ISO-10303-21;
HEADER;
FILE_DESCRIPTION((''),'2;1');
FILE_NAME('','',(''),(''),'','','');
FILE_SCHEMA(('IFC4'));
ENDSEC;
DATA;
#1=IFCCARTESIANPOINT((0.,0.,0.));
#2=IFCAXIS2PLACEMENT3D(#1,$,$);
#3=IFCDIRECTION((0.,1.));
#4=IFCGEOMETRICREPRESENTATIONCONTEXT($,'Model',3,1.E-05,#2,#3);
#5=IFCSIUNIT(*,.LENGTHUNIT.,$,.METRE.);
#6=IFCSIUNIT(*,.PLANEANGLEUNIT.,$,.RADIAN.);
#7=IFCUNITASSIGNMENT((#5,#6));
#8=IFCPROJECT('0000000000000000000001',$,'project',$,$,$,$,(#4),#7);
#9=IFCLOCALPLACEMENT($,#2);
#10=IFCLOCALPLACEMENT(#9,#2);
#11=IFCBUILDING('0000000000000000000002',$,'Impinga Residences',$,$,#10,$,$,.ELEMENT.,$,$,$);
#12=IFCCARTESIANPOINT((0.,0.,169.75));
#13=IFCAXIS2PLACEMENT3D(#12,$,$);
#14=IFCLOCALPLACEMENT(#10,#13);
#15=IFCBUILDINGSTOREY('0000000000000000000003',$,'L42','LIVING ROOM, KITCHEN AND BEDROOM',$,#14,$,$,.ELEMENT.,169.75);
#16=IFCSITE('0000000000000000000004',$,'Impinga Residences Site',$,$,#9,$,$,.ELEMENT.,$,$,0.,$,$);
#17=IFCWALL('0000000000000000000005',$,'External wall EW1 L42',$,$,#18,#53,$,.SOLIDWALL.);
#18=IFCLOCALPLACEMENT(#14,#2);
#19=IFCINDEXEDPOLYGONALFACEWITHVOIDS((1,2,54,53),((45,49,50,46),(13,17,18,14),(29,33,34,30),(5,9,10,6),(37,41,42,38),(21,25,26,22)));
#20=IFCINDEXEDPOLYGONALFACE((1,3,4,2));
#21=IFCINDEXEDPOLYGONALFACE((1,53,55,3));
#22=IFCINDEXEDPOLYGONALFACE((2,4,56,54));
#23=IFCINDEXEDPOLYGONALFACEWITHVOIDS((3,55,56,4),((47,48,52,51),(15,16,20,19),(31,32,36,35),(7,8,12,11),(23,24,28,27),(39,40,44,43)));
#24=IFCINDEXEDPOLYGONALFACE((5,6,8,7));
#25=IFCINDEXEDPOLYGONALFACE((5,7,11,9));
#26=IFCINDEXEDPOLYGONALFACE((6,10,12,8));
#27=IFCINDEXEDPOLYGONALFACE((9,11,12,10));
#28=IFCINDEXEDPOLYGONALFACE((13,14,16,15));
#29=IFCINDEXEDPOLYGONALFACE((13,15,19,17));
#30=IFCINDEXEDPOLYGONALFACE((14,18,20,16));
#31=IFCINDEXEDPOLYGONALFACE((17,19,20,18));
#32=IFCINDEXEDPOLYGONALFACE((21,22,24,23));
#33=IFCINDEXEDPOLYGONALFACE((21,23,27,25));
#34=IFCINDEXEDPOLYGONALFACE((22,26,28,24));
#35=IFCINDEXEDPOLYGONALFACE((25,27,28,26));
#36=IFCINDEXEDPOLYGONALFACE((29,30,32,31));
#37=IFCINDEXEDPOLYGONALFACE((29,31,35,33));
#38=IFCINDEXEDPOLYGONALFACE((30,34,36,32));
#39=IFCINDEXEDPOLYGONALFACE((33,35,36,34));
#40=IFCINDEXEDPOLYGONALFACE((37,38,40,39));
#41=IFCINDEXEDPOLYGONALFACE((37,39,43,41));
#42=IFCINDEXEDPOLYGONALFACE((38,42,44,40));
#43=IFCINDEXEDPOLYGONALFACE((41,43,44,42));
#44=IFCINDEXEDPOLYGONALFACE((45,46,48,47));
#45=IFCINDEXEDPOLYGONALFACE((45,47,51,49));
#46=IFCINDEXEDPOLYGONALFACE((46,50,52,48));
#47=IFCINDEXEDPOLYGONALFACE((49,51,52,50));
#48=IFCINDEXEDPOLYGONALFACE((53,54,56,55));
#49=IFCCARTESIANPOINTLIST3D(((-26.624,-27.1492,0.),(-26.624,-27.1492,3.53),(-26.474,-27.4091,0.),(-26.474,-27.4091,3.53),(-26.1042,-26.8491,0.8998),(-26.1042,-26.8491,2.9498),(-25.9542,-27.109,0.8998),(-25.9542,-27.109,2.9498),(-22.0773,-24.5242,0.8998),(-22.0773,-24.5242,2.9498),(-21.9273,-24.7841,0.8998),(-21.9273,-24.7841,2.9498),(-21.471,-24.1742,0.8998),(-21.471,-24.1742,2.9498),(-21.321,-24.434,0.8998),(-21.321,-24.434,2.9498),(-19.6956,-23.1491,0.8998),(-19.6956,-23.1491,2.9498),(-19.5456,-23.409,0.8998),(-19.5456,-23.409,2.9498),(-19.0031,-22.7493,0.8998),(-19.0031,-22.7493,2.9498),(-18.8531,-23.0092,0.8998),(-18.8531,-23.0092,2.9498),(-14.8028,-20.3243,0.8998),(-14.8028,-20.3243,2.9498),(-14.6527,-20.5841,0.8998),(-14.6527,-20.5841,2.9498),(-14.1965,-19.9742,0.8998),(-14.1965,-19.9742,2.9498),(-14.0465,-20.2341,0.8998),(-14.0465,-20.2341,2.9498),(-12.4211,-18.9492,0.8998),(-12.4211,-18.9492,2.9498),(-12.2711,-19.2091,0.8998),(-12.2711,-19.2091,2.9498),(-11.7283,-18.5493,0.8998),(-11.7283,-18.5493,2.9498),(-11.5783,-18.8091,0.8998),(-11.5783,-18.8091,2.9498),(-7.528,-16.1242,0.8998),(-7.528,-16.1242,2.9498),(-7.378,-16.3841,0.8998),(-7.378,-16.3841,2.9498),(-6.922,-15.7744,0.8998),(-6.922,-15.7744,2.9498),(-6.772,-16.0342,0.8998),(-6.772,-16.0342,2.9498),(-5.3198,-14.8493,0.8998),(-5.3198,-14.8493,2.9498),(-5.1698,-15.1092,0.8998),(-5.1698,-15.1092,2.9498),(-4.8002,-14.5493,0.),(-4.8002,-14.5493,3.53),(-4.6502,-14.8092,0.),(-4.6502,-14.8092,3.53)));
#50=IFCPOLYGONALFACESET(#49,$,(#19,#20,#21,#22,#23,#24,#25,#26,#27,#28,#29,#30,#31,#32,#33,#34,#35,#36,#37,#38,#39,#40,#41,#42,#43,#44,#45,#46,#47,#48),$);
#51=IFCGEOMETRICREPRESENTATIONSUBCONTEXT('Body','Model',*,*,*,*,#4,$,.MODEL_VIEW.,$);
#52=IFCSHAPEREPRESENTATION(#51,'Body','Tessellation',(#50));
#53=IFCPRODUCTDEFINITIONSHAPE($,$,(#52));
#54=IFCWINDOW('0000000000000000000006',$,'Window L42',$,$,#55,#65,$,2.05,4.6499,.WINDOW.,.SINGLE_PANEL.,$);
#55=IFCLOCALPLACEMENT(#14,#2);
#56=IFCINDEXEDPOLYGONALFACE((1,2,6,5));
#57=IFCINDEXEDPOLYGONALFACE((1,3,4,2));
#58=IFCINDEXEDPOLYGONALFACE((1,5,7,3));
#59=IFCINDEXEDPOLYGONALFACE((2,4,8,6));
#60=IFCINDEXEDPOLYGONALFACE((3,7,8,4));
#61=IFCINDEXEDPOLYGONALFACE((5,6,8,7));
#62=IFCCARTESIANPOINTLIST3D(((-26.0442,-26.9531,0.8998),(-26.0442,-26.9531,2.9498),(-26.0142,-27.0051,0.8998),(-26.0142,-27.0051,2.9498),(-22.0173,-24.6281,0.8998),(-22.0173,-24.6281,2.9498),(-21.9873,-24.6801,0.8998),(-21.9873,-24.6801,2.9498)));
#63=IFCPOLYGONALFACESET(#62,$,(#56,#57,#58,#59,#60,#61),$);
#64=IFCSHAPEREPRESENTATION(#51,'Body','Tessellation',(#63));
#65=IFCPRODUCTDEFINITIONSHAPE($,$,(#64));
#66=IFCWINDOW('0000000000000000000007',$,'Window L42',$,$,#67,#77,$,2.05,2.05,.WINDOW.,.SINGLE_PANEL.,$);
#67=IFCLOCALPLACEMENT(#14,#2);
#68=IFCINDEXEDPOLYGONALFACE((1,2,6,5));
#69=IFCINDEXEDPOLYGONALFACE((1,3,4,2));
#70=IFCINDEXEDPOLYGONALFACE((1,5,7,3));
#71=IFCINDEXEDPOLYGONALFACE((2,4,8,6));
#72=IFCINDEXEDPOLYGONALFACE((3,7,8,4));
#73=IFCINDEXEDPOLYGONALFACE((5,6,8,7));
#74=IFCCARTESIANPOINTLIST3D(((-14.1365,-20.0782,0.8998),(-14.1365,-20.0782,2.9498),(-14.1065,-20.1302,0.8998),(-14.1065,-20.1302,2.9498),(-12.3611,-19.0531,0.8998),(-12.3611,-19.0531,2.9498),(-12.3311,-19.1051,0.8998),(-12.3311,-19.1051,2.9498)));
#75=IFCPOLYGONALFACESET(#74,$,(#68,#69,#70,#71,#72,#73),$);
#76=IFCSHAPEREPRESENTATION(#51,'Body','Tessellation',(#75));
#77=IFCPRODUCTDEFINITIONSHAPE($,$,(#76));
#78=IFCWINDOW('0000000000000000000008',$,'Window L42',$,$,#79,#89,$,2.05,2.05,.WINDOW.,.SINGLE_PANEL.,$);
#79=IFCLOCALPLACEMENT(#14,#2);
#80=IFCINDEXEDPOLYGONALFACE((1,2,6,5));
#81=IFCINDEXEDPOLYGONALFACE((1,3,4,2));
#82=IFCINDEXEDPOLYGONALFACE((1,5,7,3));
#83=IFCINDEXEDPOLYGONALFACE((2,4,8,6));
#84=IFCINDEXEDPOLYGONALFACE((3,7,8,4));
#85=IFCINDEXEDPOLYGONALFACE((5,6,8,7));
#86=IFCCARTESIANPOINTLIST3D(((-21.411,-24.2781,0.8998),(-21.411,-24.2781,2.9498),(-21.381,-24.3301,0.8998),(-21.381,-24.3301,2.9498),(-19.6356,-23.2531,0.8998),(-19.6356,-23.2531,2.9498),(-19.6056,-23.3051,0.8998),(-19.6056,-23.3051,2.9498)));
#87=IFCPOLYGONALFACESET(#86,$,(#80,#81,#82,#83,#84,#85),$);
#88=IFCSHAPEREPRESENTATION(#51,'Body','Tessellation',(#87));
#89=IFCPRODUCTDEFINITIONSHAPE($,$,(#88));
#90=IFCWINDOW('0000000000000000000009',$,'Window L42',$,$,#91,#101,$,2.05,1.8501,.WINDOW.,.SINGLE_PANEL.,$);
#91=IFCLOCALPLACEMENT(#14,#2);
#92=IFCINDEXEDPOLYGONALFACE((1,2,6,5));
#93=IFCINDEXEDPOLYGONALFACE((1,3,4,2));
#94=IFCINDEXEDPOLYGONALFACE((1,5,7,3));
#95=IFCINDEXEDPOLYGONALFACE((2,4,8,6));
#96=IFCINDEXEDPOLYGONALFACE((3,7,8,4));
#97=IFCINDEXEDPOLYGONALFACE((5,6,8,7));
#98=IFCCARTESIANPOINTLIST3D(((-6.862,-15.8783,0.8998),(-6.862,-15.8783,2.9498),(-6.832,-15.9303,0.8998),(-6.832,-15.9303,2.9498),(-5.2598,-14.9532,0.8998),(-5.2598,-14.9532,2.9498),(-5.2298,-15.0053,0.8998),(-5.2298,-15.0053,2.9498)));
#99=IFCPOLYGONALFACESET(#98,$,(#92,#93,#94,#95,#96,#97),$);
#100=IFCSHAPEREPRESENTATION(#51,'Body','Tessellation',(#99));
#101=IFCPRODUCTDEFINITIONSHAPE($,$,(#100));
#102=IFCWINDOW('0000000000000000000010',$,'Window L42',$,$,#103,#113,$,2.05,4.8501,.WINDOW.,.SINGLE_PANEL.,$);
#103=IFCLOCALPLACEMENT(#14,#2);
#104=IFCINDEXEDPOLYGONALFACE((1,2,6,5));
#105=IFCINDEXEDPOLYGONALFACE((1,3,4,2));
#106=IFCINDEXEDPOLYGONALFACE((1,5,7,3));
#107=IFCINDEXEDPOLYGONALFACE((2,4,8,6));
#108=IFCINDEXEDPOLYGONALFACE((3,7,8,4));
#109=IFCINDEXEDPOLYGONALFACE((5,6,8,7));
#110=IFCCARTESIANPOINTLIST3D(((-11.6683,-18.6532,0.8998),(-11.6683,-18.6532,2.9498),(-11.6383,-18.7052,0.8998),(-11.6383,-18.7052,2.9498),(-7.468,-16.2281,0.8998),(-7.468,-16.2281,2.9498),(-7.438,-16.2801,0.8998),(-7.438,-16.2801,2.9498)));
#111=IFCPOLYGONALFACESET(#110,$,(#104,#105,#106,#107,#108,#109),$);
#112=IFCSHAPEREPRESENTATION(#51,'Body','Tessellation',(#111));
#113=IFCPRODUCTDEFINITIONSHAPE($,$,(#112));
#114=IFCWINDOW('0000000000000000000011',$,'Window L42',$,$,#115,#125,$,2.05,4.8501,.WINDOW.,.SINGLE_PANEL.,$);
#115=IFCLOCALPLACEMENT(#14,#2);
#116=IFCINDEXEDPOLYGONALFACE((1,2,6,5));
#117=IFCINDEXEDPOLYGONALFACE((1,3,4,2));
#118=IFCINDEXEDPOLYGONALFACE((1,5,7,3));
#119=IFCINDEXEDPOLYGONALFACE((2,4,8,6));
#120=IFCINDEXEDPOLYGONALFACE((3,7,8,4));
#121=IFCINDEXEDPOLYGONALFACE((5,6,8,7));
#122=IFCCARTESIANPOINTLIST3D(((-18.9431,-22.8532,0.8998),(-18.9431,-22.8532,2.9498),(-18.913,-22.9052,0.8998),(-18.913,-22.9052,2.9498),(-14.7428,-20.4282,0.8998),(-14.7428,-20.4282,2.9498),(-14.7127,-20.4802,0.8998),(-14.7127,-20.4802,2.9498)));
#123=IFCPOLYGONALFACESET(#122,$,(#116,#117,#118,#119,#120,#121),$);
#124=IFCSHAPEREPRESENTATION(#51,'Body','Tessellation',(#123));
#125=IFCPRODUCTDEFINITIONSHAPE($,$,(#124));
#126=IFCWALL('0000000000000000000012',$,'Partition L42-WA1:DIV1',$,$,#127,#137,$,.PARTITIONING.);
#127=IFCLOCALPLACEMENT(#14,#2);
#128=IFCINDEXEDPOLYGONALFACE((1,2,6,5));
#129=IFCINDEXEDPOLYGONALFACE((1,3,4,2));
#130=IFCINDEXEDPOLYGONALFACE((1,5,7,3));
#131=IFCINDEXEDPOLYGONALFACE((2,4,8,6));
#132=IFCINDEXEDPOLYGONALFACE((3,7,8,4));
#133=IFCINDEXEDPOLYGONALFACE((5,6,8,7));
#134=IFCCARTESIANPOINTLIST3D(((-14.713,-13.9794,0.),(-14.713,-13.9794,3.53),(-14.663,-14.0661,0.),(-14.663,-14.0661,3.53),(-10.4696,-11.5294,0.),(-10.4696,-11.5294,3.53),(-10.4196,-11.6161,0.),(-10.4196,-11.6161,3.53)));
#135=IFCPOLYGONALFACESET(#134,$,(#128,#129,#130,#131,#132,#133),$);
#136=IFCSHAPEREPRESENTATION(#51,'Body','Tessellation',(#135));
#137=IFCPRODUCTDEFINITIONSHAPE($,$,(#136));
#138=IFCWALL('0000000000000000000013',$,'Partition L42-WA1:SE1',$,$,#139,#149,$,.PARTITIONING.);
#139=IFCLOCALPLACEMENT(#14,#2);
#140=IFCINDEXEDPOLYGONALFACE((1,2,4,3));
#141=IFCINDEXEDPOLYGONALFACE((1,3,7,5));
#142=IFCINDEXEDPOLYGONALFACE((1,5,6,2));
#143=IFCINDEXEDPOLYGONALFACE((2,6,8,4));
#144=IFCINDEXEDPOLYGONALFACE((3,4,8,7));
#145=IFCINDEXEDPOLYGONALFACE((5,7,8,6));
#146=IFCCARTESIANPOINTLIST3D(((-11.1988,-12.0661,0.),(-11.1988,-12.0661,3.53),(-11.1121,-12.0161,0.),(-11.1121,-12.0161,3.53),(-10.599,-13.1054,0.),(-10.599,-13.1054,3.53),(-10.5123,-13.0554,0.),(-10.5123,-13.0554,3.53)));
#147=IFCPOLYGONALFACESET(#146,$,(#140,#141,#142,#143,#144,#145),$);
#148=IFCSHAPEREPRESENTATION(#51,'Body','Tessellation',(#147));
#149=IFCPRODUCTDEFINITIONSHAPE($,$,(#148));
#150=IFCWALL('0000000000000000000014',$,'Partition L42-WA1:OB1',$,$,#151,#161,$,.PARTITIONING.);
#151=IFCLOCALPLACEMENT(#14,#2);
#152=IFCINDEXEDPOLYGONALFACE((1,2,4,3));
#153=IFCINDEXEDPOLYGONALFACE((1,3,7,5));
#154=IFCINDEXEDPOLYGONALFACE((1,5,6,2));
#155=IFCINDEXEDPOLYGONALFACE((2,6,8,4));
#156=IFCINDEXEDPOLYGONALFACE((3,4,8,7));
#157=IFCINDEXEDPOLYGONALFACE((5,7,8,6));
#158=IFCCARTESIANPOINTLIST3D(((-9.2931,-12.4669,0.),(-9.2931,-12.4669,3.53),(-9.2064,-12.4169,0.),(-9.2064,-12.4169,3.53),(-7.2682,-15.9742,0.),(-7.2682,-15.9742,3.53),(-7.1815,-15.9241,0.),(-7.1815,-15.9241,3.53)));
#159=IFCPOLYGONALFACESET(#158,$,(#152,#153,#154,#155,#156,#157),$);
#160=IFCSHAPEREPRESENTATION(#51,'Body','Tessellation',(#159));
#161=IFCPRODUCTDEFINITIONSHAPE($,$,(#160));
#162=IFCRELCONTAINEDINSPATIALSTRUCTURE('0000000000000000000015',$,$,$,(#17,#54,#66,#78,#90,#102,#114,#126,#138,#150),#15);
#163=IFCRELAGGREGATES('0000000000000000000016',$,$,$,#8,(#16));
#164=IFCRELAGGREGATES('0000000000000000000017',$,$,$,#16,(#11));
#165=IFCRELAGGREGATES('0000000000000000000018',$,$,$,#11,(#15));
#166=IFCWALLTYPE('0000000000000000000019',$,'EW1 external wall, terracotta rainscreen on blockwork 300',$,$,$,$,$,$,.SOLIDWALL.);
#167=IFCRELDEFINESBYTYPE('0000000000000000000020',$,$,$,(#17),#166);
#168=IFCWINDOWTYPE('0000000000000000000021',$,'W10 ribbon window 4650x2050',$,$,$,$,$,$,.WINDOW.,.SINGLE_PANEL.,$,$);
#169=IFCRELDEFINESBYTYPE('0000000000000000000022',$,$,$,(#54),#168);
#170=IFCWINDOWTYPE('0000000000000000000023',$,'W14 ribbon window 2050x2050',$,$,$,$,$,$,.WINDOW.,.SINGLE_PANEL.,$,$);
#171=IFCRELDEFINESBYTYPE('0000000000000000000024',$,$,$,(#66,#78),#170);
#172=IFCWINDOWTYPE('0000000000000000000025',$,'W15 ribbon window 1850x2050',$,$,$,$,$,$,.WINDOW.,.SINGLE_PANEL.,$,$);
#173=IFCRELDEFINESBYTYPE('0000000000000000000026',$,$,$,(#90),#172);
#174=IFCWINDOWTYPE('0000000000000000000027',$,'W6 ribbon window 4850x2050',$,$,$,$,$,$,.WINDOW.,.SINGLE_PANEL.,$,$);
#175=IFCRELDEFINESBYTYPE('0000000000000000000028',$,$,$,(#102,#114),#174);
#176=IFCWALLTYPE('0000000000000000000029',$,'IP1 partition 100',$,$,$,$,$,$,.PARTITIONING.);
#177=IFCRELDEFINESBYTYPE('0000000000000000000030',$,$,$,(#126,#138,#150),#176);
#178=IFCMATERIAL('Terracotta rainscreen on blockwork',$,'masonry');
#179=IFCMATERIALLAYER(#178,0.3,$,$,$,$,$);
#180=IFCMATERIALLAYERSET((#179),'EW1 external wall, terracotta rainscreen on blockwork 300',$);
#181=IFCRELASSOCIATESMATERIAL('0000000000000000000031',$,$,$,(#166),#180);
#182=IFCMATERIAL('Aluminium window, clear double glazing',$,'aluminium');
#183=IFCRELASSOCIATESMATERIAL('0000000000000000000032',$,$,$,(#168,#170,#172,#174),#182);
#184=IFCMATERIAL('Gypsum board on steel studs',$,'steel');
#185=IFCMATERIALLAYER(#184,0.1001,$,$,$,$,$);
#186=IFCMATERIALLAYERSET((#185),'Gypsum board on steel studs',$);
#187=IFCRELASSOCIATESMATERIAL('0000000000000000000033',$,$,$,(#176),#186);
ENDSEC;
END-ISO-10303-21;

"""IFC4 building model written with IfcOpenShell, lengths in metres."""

from ifc_helpers import new_model, si_unit, direction, frame, frame_2d, origin, place, context, subcontext, project, spatial, rectangle, extrude, material, layer, layer_set, type_object, element, fill, save


model = new_model("IFC4")

# Units and contexts
model_context = context("Model", 3, precision=1e-05, world=origin(), true_north=direction((0.0, 1.0)))
body_context = subcontext(model_context, "Body", "Model", "MODEL_VIEW")
ifc_project = project(units=[si_unit("LENGTHUNIT", "METRE"), si_unit("PLANEANGLEUNIT", "RADIAN")], contexts=[model_context])

# Site, building, storey
site_placement = place(None, origin())
site = spatial("IfcSite", under=ifc_project, at=site_placement, Name="Impinga Residences Site", CompositionType="ELEMENT", RefElevation=0.0)
building_placement = place(site_placement, origin())
building = spatial("IfcBuilding", under=site, at=building_placement, Name="Impinga Residences", CompositionType="ELEMENT")
storey_placement = place(building_placement, frame((0.0, 0.0, 169.75)))
storey = spatial("IfcBuildingStorey", under=building, at=storey_placement, Name="L42", Description="LIVING ROOM, KITCHEN AND BEDROOM", CompositionType="ELEMENT", Elevation=169.75)

# Shared definitions
ifc_material_1 = material(Name="Terracotta rainscreen on blockwork", Category="masonry")
ifc_layer_1 = layer(ifc_material_1, 0.3)
ifc_layer_set_1 = layer_set([ifc_layer_1], Name="EW1 external wall, terracotta rainscreen on blockwork 300")
wall_type_1 = type_object("IfcWallType", Name="EW1 external wall, terracotta rainscreen on blockwork 300", PredefinedType="SOLIDWALL", material=ifc_layer_set_1)

# Wall, openings, windows
wall_1_placement = place(storey_placement, frame((-4.7251, -14.6792, 0.0), z_axis=(0.0, 0.0, 1.0), x_axis=(-0.866027, -0.499998, 0.0)))
wall_1 = element("IfcWall", 1, at=wall_1_placement, inside=storey, type_object=wall_type_1, Name="External wall EW1 L42", PredefinedType="SOLIDWALL", context=body_context, shape_type="SweptSolid", body=[
    extrude(rectangle(XDim=25.2, YDim=0.3, at=frame_2d((12.6001, 0.0))), origin(), (0.0, 0.0, 1.0), 3.53),
])
opening_1_placement = place(wall_1_placement, frame((0.6001, 0.0, 0.8999)))
opening_1 = element("IfcOpeningElement", 2, at=opening_1_placement, cuts=wall_1, PredefinedType="OPENING", context=body_context, shape_type="SweptSolid", body=[
    extrude(rectangle(XDim=1.8501, YDim=2.05, at=frame_2d((0.925, 1.0249))), frame((0.0, 0.1599, 0.0), z_axis=(0.0, -1.0, 0.0), x_axis=(1.0, 0.0, 0.0)), (0.0, 0.0, 1.0), 0.3201),
])
opening_2_placement = place(wall_1_placement, frame((3.1499, 0.0, 0.8999)))
opening_2 = element("IfcOpeningElement", 3, at=opening_2_placement, cuts=wall_1, PredefinedType="OPENING", context=body_context, shape_type="SweptSolid", body=[
    extrude(rectangle(XDim=4.8501, YDim=2.05, at=frame_2d((2.425, 1.0249))), frame((0.0, 0.1599, 0.0), z_axis=(0.0, -1.0, 0.0), x_axis=(1.0, 0.0, 0.0)), (0.0, 0.0, 1.0), 0.3201),
])
opening_3_placement = place(wall_1_placement, frame((8.8, 0.0, 0.8999)))
opening_3 = element("IfcOpeningElement", 4, at=opening_3_placement, cuts=wall_1, PredefinedType="OPENING", context=body_context, shape_type="SweptSolid", body=[
    extrude(rectangle(XDim=2.05, YDim=2.05, at=frame_2d((1.0249, 1.0249))), frame((0.0, 0.1599, 0.0), z_axis=(0.0, -1.0, 0.0), x_axis=(1.0, 0.0, 0.0)), (0.0, 0.0, 1.0), 0.3201),
])
opening_4_placement = place(wall_1_placement, frame((11.55, 0.0, 0.8999)))
opening_4 = element("IfcOpeningElement", 5, at=opening_4_placement, cuts=wall_1, PredefinedType="OPENING", context=body_context, shape_type="SweptSolid", body=[
    extrude(rectangle(XDim=4.8501, YDim=2.05, at=frame_2d((2.425, 1.0249))), frame((0.0, 0.1599, 0.0), z_axis=(0.0, -1.0, 0.0), x_axis=(1.0, 0.0, 0.0)), (0.0, 0.0, 1.0), 0.3201),
])
opening_5_placement = place(wall_1_placement, frame((17.2, 0.0, 0.8999)))
opening_5 = element("IfcOpeningElement", 6, at=opening_5_placement, cuts=wall_1, PredefinedType="OPENING", context=body_context, shape_type="SweptSolid", body=[
    extrude(rectangle(XDim=2.05, YDim=2.05, at=frame_2d((1.0249, 1.0249))), frame((0.0, 0.1599, 0.0), z_axis=(0.0, -1.0, 0.0), x_axis=(1.0, 0.0, 0.0)), (0.0, 0.0, 1.0), 0.3201),
])
opening_6_placement = place(wall_1_placement, frame((19.95, 0.0, 0.8999)))
opening_6 = element("IfcOpeningElement", 7, at=opening_6_placement, cuts=wall_1, PredefinedType="OPENING", context=body_context, shape_type="SweptSolid", body=[
    extrude(rectangle(XDim=4.6499, YDim=2.05, at=frame_2d((2.325, 1.0249))), frame((0.0, 0.1599, 0.0), z_axis=(0.0, -1.0, 0.0), x_axis=(1.0, 0.0, 0.0)), (0.0, 0.0, 1.0), 0.3201),
])
ifc_material_2 = material(Name="Aluminium window, clear double glazing", Category="aluminium")
window_type_1 = type_object("IfcWindowType", Name="W10 ribbon window 4650x2050", PartitioningType="SINGLE_PANEL", PredefinedType="WINDOW", material=ifc_material_2)
window_1_placement = place(opening_6_placement, origin())
window_1 = element("IfcWindow", 8, at=window_1_placement, inside=storey, type_object=window_type_1, Name="Window L42", OverallHeight=2.05, OverallWidth=4.6499, PartitioningType="SINGLE_PANEL", PredefinedType="WINDOW", context=body_context, shape_type="SweptSolid", body=[
    extrude(rectangle(XDim=4.6499, YDim=2.05, at=frame_2d((2.325, 1.0249))), frame((0.0, 0.03, 0.0), z_axis=(0.0, -1.0, 0.0), x_axis=(1.0, 0.0, 0.0)), (0.0, 0.0, 1.0), 0.0601),
])
fill(opening_6, window_1)
window_type_2 = type_object("IfcWindowType", Name="W14 ribbon window 2050x2050", PartitioningType="SINGLE_PANEL", PredefinedType="WINDOW", material=ifc_material_2)
window_2_placement = place(opening_3_placement, origin())
window_2 = element("IfcWindow", 9, at=window_2_placement, inside=storey, type_object=window_type_2, Name="Window L42", OverallHeight=2.05, OverallWidth=2.05, PartitioningType="SINGLE_PANEL", PredefinedType="WINDOW", context=body_context, shape_type="SweptSolid", body=[
    extrude(rectangle(XDim=2.05, YDim=2.05, at=frame_2d((1.0249, 1.0249))), frame((0.0, 0.03, 0.0), z_axis=(0.0, -1.0, 0.0), x_axis=(1.0, 0.0, 0.0)), (0.0, 0.0, 1.0), 0.0601),
])
fill(opening_3, window_2)
window_3_placement = place(opening_5_placement, origin())
window_3 = element("IfcWindow", 10, at=window_3_placement, inside=storey, type_object=window_type_2, Name="Window L42", OverallHeight=2.05, OverallWidth=2.05, PartitioningType="SINGLE_PANEL", PredefinedType="WINDOW", context=body_context, shape_type="SweptSolid", body=[
    extrude(rectangle(XDim=2.05, YDim=2.05, at=frame_2d((1.0249, 1.0249))), frame((0.0, 0.03, 0.0), z_axis=(0.0, -1.0, 0.0), x_axis=(1.0, 0.0, 0.0)), (0.0, 0.0, 1.0), 0.0601),
])
fill(opening_5, window_3)
window_type_3 = type_object("IfcWindowType", Name="W15 ribbon window 1850x2050", PartitioningType="SINGLE_PANEL", PredefinedType="WINDOW", material=ifc_material_2)
window_4_placement = place(opening_1_placement, origin())
window_4 = element("IfcWindow", 11, at=window_4_placement, inside=storey, type_object=window_type_3, Name="Window L42", OverallHeight=2.05, OverallWidth=1.8501, PartitioningType="SINGLE_PANEL", PredefinedType="WINDOW", context=body_context, shape_type="SweptSolid", body=[
    extrude(rectangle(XDim=1.8501, YDim=2.05, at=frame_2d((0.925, 1.0249))), frame((0.0, 0.03, 0.0), z_axis=(0.0, -1.0, 0.0), x_axis=(1.0, 0.0, 0.0)), (0.0, 0.0, 1.0), 0.0601),
])
fill(opening_1, window_4)
window_type_4 = type_object("IfcWindowType", Name="W6 ribbon window 4850x2050", PartitioningType="SINGLE_PANEL", PredefinedType="WINDOW", material=ifc_material_2)
window_5_placement = place(opening_2_placement, origin())
window_5 = element("IfcWindow", 12, at=window_5_placement, inside=storey, type_object=window_type_4, Name="Window L42", OverallHeight=2.05, OverallWidth=4.8501, PartitioningType="SINGLE_PANEL", PredefinedType="WINDOW", context=body_context, shape_type="SweptSolid", body=[
    extrude(rectangle(XDim=4.8501, YDim=2.05, at=frame_2d((2.425, 1.0249))), frame((0.0, 0.03, 0.0), z_axis=(0.0, -1.0, 0.0), x_axis=(1.0, 0.0, 0.0)), (0.0, 0.0, 1.0), 0.0601),
])
fill(opening_2, window_5)
window_6_placement = place(opening_4_placement, origin())
window_6 = element("IfcWindow", 13, at=window_6_placement, inside=storey, type_object=window_type_4, Name="Window L42", OverallHeight=2.05, OverallWidth=4.8501, PartitioningType="SINGLE_PANEL", PredefinedType="WINDOW", context=body_context, shape_type="SweptSolid", body=[
    extrude(rectangle(XDim=4.8501, YDim=2.05, at=frame_2d((2.425, 1.0249))), frame((0.0, 0.03, 0.0), z_axis=(0.0, -1.0, 0.0), x_axis=(1.0, 0.0, 0.0)), (0.0, 0.0, 1.0), 0.0601),
])
fill(opening_4, window_6)

# Walls
ifc_material_3 = material(Name="Gypsum board on steel studs", Category="steel")
ifc_layer_2 = layer(ifc_material_3, 0.1001)
ifc_layer_set_2 = layer_set([ifc_layer_2], Name="Gypsum board on steel studs")
wall_type_2 = type_object("IfcWallType", Name="IP1 partition 100", PredefinedType="PARTITIONING", material=ifc_layer_set_2)
wall_2_placement = place(storey_placement, frame((-10.4446, -11.5728, 0.0), z_axis=(0.0, 0.0, 1.0), x_axis=(-0.866024, -0.500003, 0.0)))
element("IfcWall", 14, at=wall_2_placement, inside=storey, type_object=wall_type_2, Name="Partition L42-WA1:DIV1", PredefinedType="PARTITIONING", context=body_context, shape_type="SweptSolid", body=[
    extrude(rectangle(XDim=4.8999, YDim=0.1001, at=frame_2d((2.45, 0.0))), origin(), (0.0, 0.0, 1.0), 3.53),
])
wall_3_placement = place(storey_placement, frame((-11.1555, -12.041, 0.0), z_axis=(0.0, 0.0, 1.0), x_axis=(0.499881, -0.866094, 0.0)))
element("IfcWall", 15, at=wall_3_placement, inside=storey, type_object=wall_type_2, Name="Partition L42-WA1:SE1", PredefinedType="PARTITIONING", context=body_context, shape_type="SweptSolid", body=[
    extrude(rectangle(XDim=1.2, YDim=0.1001, at=frame_2d((0.6001, 0.0))), origin(), (0.0, 0.0, 1.0), 3.53),
])
wall_4_placement = place(storey_placement, frame((-9.2498, -12.4419, 0.0), z_axis=(0.0, 0.0, 1.0), x_axis=(0.49999, -0.866031, 0.0)))
element("IfcWall", 16, at=wall_4_placement, inside=storey, type_object=wall_type_2, Name="Partition L42-WA1:OB1", PredefinedType="PARTITIONING", context=body_context, shape_type="SweptSolid", body=[
    extrude(rectangle(XDim=4.0498, YDim=0.1001, at=frame_2d((2.0249, 0.0))), origin(), (0.0, 0.0, 1.0), 3.53),
])

save(model, "model.ifc")
